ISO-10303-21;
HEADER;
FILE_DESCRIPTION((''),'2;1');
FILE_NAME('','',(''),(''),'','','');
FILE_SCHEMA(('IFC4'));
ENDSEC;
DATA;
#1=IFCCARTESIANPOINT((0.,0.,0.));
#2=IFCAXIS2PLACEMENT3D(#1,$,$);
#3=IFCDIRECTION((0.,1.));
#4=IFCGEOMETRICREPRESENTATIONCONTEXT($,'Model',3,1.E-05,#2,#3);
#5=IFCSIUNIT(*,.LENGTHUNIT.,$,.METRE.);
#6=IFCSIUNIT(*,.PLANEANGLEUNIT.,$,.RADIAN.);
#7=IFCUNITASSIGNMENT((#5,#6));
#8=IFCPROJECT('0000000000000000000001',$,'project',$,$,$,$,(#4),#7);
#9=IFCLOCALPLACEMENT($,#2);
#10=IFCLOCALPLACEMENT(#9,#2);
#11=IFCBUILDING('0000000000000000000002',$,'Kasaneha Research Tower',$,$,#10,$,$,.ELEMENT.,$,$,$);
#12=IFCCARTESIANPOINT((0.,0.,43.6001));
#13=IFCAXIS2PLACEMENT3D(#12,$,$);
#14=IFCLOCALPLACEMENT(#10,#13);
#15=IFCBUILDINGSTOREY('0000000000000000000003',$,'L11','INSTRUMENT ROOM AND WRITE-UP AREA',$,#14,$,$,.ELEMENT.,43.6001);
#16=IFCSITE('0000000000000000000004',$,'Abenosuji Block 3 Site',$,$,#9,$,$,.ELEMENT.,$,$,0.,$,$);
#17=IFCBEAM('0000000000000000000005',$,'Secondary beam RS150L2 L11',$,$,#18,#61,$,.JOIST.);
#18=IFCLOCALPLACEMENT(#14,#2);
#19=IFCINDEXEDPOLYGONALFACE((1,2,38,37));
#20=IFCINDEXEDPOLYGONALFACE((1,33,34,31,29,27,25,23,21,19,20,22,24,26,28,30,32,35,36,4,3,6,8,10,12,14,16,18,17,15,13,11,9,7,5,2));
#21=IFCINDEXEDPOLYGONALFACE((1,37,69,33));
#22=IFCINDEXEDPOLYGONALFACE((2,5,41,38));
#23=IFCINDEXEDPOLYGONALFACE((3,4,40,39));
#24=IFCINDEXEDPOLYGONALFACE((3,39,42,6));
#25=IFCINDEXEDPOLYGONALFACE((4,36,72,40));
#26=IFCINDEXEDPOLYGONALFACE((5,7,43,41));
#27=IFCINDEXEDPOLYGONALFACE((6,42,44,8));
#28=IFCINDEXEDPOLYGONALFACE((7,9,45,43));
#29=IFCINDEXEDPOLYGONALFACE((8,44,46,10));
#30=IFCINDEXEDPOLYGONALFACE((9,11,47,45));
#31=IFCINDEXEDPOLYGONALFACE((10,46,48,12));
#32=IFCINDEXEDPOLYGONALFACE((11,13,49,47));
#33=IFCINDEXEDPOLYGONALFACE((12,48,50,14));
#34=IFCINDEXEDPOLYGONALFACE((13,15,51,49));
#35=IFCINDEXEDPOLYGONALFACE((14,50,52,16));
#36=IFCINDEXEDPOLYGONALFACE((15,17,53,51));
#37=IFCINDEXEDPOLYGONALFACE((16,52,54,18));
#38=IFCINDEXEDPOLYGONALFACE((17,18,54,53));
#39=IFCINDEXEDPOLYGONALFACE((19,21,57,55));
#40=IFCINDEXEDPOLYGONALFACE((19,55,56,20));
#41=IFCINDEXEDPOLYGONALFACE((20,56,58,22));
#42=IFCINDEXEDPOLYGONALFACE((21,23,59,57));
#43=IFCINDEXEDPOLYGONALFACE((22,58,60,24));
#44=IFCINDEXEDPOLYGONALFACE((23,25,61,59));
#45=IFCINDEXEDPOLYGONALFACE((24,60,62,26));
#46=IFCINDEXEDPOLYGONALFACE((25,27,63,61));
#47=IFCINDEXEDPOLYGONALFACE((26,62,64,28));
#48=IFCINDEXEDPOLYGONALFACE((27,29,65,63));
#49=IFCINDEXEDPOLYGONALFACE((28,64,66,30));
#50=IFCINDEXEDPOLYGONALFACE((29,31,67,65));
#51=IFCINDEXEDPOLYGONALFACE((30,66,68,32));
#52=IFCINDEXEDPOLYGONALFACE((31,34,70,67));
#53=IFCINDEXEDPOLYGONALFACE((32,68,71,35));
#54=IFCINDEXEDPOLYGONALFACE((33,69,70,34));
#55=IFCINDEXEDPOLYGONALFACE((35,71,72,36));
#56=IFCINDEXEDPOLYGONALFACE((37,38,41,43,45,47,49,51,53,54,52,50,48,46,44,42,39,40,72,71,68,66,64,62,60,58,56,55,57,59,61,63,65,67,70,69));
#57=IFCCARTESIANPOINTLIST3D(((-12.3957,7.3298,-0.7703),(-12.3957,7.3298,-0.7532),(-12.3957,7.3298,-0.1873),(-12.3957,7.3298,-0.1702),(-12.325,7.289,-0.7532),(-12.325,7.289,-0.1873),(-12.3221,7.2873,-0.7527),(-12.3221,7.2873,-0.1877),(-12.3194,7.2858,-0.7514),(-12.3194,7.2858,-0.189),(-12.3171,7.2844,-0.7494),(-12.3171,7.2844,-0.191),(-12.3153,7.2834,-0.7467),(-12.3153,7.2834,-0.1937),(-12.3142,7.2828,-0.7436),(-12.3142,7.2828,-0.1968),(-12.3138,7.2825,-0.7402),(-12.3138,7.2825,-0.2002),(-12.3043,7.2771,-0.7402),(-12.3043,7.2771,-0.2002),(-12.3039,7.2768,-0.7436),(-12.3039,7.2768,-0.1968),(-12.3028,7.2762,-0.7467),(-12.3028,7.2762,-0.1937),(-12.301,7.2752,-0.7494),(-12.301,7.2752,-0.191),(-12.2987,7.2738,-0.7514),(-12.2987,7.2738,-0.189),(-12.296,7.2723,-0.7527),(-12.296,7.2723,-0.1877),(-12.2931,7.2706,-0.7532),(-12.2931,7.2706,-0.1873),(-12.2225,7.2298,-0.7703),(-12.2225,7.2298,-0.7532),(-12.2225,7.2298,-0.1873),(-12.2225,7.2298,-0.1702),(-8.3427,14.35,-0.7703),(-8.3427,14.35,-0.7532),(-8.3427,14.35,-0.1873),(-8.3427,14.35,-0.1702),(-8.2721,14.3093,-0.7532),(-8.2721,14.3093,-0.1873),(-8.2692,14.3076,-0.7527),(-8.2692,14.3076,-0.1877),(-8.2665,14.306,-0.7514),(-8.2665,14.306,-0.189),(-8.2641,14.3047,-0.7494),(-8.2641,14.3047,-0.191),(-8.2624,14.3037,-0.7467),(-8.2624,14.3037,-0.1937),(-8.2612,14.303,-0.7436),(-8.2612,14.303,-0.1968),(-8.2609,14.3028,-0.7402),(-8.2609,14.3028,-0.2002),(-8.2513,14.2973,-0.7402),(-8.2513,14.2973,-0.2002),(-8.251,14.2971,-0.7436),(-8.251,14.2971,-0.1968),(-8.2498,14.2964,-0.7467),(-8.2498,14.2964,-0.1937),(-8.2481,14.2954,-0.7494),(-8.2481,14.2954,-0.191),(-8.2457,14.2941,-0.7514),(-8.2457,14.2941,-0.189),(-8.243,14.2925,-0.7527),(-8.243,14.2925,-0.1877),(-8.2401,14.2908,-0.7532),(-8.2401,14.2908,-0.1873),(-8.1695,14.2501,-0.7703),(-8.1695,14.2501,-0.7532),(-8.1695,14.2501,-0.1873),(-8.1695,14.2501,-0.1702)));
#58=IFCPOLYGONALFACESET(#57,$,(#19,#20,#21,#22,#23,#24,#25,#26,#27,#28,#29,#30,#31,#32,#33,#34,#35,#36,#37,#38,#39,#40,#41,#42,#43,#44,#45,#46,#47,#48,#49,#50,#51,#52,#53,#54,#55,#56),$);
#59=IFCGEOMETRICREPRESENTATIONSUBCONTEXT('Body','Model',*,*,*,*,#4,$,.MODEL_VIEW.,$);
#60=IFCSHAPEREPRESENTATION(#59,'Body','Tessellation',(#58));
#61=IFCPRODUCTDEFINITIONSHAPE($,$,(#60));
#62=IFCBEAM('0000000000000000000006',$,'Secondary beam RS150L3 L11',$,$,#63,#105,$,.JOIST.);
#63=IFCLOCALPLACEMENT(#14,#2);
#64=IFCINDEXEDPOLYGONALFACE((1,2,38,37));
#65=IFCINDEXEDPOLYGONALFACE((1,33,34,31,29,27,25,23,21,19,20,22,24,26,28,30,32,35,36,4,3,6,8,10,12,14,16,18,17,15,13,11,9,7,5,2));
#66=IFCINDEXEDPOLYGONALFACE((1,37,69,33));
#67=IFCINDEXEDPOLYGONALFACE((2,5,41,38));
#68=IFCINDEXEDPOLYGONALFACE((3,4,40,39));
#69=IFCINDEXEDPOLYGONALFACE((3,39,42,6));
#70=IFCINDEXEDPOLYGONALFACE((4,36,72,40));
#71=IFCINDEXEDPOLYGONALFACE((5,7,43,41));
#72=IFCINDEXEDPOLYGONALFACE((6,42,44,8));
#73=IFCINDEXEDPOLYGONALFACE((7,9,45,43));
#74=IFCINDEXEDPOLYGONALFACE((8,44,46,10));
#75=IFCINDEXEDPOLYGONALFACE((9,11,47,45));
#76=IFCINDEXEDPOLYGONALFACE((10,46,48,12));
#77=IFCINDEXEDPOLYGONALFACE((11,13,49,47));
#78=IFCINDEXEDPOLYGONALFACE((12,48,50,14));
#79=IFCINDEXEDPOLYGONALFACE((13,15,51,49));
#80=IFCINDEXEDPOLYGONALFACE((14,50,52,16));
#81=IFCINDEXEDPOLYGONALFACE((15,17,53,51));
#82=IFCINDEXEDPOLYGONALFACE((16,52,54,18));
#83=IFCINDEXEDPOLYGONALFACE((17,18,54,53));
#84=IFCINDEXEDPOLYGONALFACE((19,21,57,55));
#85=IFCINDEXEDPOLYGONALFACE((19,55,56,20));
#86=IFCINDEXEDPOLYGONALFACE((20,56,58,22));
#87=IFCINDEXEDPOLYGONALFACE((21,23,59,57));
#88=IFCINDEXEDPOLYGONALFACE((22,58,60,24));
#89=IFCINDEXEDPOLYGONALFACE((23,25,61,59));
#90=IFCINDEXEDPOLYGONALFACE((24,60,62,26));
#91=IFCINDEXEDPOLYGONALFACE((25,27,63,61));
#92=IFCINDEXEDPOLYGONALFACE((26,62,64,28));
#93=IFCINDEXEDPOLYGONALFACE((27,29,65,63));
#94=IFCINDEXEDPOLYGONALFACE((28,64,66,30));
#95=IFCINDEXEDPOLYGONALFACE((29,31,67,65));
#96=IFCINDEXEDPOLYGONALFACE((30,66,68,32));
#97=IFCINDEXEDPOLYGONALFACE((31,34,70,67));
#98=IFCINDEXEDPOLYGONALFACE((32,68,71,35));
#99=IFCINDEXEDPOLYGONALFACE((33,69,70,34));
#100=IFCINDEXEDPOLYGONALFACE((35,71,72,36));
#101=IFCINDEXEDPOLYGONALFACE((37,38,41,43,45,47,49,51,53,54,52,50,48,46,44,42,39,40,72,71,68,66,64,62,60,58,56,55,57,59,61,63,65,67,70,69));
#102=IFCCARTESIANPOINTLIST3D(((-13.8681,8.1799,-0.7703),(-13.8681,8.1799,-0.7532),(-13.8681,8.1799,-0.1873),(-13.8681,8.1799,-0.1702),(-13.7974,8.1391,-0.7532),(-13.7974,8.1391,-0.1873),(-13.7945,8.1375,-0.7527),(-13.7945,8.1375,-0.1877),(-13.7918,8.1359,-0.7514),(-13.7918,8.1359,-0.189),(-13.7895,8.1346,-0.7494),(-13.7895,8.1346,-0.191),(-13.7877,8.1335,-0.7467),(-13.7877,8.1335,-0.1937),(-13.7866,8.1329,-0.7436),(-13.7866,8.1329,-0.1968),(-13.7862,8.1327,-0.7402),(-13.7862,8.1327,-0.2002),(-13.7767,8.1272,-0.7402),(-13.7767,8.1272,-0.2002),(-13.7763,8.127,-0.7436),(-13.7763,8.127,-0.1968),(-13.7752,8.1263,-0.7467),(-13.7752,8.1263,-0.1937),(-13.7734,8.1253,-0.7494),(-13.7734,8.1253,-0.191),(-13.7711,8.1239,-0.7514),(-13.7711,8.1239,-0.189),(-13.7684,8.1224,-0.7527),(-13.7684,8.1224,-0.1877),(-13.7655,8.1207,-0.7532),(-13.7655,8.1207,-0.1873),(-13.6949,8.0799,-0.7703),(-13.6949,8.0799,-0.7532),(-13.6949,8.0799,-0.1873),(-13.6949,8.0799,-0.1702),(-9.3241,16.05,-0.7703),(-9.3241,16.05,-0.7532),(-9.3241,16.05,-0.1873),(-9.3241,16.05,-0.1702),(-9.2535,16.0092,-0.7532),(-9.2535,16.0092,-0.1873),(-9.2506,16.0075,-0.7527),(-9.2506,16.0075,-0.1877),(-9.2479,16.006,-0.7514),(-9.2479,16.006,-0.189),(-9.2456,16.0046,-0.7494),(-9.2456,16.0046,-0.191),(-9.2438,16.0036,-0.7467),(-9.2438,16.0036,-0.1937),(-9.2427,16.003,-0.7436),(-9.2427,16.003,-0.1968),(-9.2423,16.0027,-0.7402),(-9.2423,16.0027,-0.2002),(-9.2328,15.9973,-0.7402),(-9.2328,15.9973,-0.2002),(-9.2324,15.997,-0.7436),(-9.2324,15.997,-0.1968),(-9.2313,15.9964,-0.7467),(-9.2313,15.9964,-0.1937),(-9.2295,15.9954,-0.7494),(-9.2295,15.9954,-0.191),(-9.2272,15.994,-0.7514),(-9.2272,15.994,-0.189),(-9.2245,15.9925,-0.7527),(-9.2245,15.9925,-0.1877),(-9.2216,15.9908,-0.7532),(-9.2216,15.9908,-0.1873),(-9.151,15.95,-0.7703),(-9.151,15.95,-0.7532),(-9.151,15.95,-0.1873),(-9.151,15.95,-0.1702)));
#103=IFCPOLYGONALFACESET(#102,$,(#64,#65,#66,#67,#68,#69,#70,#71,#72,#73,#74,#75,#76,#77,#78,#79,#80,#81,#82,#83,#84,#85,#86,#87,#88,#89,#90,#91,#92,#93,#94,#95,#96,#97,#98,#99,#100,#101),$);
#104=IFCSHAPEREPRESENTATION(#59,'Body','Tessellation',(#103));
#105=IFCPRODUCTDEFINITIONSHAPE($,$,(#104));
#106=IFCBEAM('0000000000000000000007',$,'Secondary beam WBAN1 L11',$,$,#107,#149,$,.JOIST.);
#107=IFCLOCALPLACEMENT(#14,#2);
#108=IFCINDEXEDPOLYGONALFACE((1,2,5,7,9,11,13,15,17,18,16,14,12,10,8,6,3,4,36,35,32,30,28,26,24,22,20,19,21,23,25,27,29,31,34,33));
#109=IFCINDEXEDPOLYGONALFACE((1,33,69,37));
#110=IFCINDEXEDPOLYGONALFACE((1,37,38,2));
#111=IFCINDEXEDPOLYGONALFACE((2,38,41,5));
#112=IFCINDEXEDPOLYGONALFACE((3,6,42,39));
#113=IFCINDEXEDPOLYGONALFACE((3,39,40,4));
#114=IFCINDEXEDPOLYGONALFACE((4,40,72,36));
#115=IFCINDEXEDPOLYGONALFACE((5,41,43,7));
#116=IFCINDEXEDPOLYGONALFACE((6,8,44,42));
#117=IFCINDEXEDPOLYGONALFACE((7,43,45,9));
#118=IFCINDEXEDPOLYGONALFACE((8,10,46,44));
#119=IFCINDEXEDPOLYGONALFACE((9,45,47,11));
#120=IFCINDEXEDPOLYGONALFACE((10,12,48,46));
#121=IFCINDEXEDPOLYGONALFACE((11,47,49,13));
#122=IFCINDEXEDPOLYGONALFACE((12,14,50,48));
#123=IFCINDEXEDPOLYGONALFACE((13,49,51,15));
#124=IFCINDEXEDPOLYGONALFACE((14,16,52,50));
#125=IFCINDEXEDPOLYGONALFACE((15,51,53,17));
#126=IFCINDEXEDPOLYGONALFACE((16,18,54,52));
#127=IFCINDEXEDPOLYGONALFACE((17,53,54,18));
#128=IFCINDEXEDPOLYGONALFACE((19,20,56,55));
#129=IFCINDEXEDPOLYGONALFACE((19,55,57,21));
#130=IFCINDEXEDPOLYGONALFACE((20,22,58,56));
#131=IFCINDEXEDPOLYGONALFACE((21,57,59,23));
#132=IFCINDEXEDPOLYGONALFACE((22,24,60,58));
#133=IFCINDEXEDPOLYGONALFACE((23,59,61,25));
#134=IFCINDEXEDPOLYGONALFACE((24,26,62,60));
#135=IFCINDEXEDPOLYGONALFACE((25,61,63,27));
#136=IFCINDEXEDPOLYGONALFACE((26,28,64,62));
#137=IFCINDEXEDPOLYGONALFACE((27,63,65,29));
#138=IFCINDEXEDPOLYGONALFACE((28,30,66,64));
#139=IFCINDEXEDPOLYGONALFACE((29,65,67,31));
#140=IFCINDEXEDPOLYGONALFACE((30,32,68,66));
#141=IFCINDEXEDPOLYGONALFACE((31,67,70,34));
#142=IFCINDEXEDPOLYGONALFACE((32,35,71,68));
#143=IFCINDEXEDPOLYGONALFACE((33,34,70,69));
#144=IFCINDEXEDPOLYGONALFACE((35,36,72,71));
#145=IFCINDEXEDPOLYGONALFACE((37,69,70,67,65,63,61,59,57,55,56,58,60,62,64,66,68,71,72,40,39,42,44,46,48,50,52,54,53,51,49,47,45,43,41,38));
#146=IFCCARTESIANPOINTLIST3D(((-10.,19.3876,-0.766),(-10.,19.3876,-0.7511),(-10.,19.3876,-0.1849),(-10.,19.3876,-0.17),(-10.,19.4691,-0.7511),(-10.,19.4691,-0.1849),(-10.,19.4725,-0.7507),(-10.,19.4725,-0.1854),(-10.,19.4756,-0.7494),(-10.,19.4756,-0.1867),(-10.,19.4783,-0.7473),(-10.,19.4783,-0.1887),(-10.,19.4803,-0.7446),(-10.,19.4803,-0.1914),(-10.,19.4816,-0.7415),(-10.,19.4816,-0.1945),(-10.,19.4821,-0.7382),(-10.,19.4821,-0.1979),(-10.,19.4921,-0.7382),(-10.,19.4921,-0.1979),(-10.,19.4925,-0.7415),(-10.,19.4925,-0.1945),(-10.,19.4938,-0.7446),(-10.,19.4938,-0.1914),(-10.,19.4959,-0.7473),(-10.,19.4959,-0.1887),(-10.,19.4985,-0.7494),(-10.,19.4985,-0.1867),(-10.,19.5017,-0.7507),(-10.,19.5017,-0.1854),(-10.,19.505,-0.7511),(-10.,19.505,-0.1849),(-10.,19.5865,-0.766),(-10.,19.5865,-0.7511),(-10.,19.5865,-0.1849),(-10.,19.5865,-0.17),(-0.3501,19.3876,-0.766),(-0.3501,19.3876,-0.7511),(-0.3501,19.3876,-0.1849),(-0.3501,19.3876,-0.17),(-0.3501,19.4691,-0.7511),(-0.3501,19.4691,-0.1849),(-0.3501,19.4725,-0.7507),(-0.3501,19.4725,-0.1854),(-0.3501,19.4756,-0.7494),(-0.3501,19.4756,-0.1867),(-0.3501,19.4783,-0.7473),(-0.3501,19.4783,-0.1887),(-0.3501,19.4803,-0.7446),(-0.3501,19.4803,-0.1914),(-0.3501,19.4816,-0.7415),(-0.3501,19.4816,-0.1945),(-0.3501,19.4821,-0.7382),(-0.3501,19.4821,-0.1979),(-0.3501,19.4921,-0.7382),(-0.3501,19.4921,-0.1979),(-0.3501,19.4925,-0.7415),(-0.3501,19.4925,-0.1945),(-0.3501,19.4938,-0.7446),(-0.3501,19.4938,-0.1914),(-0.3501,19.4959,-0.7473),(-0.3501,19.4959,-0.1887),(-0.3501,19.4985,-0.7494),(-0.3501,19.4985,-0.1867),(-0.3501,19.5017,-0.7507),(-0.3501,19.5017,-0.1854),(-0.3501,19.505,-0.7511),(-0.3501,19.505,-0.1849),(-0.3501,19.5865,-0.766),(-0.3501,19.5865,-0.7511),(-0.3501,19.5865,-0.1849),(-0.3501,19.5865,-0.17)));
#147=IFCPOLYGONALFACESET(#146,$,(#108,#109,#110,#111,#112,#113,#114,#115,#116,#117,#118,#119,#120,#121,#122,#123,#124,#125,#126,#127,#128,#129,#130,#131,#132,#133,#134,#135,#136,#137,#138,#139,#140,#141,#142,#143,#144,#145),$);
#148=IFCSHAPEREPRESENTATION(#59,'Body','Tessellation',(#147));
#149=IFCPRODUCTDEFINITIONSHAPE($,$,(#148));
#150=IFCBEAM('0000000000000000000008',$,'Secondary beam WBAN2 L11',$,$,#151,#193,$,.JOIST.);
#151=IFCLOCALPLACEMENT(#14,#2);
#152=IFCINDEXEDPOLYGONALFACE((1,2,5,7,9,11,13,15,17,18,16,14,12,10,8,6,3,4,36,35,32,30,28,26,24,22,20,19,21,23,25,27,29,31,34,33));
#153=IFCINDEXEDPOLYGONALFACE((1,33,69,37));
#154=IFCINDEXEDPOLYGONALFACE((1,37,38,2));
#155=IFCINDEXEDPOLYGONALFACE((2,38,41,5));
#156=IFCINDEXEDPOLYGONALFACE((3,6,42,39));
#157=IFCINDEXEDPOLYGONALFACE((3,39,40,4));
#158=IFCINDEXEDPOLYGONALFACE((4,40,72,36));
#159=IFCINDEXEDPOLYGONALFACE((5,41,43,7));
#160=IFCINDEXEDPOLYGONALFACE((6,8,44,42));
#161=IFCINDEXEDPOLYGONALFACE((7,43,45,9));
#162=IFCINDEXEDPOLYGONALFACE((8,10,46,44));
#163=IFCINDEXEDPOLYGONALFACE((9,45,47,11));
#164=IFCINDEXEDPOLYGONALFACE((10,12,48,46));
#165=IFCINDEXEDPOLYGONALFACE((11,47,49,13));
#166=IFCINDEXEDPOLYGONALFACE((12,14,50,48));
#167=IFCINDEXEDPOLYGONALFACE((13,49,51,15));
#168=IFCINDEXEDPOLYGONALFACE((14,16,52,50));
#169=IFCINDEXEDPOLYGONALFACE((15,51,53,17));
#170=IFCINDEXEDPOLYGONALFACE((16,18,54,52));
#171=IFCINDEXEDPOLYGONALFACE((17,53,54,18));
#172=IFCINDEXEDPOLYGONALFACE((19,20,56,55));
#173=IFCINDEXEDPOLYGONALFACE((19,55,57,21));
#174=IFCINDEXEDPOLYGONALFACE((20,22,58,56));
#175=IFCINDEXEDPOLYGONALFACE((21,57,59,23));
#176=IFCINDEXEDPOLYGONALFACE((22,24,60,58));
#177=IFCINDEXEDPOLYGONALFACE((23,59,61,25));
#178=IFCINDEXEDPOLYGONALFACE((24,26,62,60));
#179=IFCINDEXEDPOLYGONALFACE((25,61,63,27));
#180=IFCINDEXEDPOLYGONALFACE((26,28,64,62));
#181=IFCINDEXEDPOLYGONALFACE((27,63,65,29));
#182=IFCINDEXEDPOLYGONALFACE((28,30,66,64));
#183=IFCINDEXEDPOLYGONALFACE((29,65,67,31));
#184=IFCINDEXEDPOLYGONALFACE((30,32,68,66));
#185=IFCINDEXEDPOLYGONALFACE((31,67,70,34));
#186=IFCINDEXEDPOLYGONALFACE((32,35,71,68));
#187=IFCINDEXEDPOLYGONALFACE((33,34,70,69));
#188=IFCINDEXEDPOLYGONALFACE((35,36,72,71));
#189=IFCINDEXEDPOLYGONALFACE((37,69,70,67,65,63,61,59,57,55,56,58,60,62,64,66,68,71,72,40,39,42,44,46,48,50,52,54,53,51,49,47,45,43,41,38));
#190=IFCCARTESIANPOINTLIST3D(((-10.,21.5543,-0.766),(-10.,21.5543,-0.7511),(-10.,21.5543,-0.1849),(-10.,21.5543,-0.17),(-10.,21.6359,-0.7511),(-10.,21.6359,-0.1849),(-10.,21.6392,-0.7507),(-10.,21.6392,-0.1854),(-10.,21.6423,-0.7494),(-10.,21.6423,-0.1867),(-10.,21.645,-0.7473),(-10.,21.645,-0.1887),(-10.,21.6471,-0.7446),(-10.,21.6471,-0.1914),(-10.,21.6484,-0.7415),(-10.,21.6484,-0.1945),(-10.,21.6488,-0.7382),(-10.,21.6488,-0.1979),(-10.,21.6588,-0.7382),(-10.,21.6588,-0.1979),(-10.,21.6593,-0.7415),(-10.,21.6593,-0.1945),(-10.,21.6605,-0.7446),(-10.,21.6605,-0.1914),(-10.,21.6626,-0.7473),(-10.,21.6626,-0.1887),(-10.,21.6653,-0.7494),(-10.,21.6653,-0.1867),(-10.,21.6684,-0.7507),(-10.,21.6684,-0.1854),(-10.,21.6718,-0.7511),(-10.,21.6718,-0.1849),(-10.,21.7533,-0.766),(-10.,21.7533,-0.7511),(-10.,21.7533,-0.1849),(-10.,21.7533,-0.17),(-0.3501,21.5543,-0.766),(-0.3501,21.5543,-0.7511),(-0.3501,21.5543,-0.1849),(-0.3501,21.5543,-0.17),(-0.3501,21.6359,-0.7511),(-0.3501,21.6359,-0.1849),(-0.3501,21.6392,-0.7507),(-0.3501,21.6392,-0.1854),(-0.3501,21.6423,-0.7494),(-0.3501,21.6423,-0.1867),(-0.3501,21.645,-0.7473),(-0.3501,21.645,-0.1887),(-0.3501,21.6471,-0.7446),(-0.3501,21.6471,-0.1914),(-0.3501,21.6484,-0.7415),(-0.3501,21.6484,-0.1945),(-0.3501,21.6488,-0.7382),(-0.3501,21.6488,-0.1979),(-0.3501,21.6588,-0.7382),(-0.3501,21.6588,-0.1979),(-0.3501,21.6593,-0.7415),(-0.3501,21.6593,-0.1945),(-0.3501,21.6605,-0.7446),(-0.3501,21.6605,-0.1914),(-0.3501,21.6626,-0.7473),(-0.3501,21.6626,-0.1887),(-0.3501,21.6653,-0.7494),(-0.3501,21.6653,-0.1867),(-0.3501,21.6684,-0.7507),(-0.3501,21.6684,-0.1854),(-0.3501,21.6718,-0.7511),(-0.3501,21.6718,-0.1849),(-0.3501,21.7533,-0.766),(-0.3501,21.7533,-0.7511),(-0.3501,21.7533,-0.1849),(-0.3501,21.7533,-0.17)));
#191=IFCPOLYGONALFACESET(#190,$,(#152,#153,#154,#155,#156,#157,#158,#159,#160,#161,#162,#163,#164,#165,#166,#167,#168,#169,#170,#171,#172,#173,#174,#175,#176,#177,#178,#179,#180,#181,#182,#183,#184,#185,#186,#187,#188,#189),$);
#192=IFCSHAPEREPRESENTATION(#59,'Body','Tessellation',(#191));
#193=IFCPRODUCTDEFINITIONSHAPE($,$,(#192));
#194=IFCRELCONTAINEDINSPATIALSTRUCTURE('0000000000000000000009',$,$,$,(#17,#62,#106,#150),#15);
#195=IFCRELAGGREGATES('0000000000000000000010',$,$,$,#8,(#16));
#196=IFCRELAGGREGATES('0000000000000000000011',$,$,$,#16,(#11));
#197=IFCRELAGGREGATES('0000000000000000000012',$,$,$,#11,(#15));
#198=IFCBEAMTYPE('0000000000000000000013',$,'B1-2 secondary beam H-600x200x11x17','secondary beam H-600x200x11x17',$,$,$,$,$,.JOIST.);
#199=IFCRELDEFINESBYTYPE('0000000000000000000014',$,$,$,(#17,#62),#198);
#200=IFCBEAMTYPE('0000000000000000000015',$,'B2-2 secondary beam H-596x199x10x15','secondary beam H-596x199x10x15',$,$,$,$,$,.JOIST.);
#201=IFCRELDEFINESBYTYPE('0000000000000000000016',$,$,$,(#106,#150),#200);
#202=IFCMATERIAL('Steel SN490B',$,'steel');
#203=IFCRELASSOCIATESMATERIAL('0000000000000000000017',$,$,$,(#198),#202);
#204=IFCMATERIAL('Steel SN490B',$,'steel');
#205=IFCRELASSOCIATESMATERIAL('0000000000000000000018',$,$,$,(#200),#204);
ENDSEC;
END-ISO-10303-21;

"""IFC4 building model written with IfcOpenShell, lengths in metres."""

from ifc_helpers import new_model, si_unit, direction, frame, origin, origin_2d, place, context, subcontext, project, spatial, i_section, extrude, material, material_profile, profile_set, type_object, element, save


model = new_model("IFC4")

# Units and contexts
model_context = context("Model", 3, precision=1e-05, world=origin(), true_north=direction((0.0, 1.0)))
body_context = subcontext(model_context, "Body", "Model", "MODEL_VIEW")
ifc_project = project(units=[si_unit("LENGTHUNIT", "METRE"), si_unit("PLANEANGLEUNIT", "RADIAN")], contexts=[model_context])

# Site, building, storey
site_placement = place(None, origin())
site = spatial("IfcSite", under=ifc_project, at=site_placement, Name="Abenosuji Block 3 Site", CompositionType="ELEMENT", RefElevation=0.0)
building_placement = place(site_placement, origin())
building = spatial("IfcBuilding", under=site, at=building_placement, Name="Kasaneha Research Tower", CompositionType="ELEMENT")
storey_placement = place(building_placement, frame((0.0, 0.0, 43.6001)))
storey = spatial("IfcBuildingStorey", under=building, at=storey_placement, Name="L11", Description="INSTRUMENT ROOM AND WRITE-UP AREA", CompositionType="ELEMENT", Elevation=43.6001)

# Beams
ifc_material_1 = material(Name="Steel SN490B", Category="steel")
ifc_material_profile_1 = material_profile(ifc_material_1, i_section(OverallWidth=0.2, OverallDepth=0.6001, WebThickness=0.011, FlangeThickness=0.0171, FilletRadius=0.0129, at=origin_2d()), Name="H-600x200x11x17")
ifc_profile_set_1 = profile_set([ifc_material_profile_1], Name="Steel SN490B")
beam_type_1 = type_object("IfcBeamType", Name="B1-2 secondary beam H-600x200x11x17", Description="secondary beam H-600x200x11x17", PredefinedType="JOIST", material=ifc_profile_set_1)
beam_1_placement = place(storey_placement, frame((-8.2561, 14.3, -0.4702), z_axis=(-0.499984, -0.866035, 0.0), x_axis=(0.866035, -0.499984, 0.0)))
element("IfcBeam", 1, at=beam_1_placement, inside=storey, type_object=beam_type_1, Name="Secondary beam RS150L2 L11", PredefinedType="JOIST", context=body_context, shape_type="SweptSolid", body=[
    extrude(i_section(OverallWidth=0.2, OverallDepth=0.6001, WebThickness=0.011, FlangeThickness=0.0171, FilletRadius=0.0129, at=origin_2d()), origin(), (0.0, 0.0, 1.0), 8.1062),
])
beam_2_placement = place(storey_placement, frame((-9.2375, 16.0, -0.4702), z_axis=(-0.500011, -0.866019, 0.0), x_axis=(0.866019, -0.500011, 0.0)))
element("IfcBeam", 2, at=beam_2_placement, inside=storey, type_object=beam_type_1, Name="Secondary beam RS150L3 L11", PredefinedType="JOIST", context=body_context, shape_type="SweptSolid", body=[
    extrude(i_section(OverallWidth=0.2, OverallDepth=0.6001, WebThickness=0.011, FlangeThickness=0.0171, FilletRadius=0.0129, at=origin_2d()), origin(), (0.0, 0.0, 1.0), 9.0876),
])
ifc_material_2 = material(Name="Steel SN490B", Category="steel")
ifc_material_profile_2 = material_profile(ifc_material_2, i_section(OverallWidth=0.199, OverallDepth=0.5959, WebThickness=0.01, FlangeThickness=0.0149, FilletRadius=0.0129, at=origin_2d()), Name="H-596x199x10x15")
ifc_profile_set_2 = profile_set([ifc_material_profile_2], Name="Steel SN490B")
beam_type_2 = type_object("IfcBeamType", Name="B2-2 secondary beam H-596x199x10x15", Description="secondary beam H-596x199x10x15", PredefinedType="JOIST", material=ifc_profile_set_2)
for number, where, z_axis, x_axis, name in (
    (3, (-10.0, 19.4871, -0.468), (1.0, 0.0, 0.0), (0.0, 1.0, 0.0), "Secondary beam WBAN1 L11"),
    (4, (-10.0, 21.6538, -0.468), (1.0, 0.0, 0.0), (0.0, 1.0, 0.0), "Secondary beam WBAN2 L11"),
):
    element("IfcBeam", number, at=place(storey_placement, frame(where, z_axis=z_axis, x_axis=x_axis)), inside=storey, type_object=beam_type_2, Name=name, PredefinedType="JOIST", context=body_context, shape_type="SweptSolid", body=[
        extrude(i_section(OverallWidth=0.199, OverallDepth=0.5959, WebThickness=0.01, FlangeThickness=0.0149, FilletRadius=0.0129, at=origin_2d()), origin(), (0.0, 0.0, 1.0), 9.6499),
    ])

save(model, "model.ifc")
